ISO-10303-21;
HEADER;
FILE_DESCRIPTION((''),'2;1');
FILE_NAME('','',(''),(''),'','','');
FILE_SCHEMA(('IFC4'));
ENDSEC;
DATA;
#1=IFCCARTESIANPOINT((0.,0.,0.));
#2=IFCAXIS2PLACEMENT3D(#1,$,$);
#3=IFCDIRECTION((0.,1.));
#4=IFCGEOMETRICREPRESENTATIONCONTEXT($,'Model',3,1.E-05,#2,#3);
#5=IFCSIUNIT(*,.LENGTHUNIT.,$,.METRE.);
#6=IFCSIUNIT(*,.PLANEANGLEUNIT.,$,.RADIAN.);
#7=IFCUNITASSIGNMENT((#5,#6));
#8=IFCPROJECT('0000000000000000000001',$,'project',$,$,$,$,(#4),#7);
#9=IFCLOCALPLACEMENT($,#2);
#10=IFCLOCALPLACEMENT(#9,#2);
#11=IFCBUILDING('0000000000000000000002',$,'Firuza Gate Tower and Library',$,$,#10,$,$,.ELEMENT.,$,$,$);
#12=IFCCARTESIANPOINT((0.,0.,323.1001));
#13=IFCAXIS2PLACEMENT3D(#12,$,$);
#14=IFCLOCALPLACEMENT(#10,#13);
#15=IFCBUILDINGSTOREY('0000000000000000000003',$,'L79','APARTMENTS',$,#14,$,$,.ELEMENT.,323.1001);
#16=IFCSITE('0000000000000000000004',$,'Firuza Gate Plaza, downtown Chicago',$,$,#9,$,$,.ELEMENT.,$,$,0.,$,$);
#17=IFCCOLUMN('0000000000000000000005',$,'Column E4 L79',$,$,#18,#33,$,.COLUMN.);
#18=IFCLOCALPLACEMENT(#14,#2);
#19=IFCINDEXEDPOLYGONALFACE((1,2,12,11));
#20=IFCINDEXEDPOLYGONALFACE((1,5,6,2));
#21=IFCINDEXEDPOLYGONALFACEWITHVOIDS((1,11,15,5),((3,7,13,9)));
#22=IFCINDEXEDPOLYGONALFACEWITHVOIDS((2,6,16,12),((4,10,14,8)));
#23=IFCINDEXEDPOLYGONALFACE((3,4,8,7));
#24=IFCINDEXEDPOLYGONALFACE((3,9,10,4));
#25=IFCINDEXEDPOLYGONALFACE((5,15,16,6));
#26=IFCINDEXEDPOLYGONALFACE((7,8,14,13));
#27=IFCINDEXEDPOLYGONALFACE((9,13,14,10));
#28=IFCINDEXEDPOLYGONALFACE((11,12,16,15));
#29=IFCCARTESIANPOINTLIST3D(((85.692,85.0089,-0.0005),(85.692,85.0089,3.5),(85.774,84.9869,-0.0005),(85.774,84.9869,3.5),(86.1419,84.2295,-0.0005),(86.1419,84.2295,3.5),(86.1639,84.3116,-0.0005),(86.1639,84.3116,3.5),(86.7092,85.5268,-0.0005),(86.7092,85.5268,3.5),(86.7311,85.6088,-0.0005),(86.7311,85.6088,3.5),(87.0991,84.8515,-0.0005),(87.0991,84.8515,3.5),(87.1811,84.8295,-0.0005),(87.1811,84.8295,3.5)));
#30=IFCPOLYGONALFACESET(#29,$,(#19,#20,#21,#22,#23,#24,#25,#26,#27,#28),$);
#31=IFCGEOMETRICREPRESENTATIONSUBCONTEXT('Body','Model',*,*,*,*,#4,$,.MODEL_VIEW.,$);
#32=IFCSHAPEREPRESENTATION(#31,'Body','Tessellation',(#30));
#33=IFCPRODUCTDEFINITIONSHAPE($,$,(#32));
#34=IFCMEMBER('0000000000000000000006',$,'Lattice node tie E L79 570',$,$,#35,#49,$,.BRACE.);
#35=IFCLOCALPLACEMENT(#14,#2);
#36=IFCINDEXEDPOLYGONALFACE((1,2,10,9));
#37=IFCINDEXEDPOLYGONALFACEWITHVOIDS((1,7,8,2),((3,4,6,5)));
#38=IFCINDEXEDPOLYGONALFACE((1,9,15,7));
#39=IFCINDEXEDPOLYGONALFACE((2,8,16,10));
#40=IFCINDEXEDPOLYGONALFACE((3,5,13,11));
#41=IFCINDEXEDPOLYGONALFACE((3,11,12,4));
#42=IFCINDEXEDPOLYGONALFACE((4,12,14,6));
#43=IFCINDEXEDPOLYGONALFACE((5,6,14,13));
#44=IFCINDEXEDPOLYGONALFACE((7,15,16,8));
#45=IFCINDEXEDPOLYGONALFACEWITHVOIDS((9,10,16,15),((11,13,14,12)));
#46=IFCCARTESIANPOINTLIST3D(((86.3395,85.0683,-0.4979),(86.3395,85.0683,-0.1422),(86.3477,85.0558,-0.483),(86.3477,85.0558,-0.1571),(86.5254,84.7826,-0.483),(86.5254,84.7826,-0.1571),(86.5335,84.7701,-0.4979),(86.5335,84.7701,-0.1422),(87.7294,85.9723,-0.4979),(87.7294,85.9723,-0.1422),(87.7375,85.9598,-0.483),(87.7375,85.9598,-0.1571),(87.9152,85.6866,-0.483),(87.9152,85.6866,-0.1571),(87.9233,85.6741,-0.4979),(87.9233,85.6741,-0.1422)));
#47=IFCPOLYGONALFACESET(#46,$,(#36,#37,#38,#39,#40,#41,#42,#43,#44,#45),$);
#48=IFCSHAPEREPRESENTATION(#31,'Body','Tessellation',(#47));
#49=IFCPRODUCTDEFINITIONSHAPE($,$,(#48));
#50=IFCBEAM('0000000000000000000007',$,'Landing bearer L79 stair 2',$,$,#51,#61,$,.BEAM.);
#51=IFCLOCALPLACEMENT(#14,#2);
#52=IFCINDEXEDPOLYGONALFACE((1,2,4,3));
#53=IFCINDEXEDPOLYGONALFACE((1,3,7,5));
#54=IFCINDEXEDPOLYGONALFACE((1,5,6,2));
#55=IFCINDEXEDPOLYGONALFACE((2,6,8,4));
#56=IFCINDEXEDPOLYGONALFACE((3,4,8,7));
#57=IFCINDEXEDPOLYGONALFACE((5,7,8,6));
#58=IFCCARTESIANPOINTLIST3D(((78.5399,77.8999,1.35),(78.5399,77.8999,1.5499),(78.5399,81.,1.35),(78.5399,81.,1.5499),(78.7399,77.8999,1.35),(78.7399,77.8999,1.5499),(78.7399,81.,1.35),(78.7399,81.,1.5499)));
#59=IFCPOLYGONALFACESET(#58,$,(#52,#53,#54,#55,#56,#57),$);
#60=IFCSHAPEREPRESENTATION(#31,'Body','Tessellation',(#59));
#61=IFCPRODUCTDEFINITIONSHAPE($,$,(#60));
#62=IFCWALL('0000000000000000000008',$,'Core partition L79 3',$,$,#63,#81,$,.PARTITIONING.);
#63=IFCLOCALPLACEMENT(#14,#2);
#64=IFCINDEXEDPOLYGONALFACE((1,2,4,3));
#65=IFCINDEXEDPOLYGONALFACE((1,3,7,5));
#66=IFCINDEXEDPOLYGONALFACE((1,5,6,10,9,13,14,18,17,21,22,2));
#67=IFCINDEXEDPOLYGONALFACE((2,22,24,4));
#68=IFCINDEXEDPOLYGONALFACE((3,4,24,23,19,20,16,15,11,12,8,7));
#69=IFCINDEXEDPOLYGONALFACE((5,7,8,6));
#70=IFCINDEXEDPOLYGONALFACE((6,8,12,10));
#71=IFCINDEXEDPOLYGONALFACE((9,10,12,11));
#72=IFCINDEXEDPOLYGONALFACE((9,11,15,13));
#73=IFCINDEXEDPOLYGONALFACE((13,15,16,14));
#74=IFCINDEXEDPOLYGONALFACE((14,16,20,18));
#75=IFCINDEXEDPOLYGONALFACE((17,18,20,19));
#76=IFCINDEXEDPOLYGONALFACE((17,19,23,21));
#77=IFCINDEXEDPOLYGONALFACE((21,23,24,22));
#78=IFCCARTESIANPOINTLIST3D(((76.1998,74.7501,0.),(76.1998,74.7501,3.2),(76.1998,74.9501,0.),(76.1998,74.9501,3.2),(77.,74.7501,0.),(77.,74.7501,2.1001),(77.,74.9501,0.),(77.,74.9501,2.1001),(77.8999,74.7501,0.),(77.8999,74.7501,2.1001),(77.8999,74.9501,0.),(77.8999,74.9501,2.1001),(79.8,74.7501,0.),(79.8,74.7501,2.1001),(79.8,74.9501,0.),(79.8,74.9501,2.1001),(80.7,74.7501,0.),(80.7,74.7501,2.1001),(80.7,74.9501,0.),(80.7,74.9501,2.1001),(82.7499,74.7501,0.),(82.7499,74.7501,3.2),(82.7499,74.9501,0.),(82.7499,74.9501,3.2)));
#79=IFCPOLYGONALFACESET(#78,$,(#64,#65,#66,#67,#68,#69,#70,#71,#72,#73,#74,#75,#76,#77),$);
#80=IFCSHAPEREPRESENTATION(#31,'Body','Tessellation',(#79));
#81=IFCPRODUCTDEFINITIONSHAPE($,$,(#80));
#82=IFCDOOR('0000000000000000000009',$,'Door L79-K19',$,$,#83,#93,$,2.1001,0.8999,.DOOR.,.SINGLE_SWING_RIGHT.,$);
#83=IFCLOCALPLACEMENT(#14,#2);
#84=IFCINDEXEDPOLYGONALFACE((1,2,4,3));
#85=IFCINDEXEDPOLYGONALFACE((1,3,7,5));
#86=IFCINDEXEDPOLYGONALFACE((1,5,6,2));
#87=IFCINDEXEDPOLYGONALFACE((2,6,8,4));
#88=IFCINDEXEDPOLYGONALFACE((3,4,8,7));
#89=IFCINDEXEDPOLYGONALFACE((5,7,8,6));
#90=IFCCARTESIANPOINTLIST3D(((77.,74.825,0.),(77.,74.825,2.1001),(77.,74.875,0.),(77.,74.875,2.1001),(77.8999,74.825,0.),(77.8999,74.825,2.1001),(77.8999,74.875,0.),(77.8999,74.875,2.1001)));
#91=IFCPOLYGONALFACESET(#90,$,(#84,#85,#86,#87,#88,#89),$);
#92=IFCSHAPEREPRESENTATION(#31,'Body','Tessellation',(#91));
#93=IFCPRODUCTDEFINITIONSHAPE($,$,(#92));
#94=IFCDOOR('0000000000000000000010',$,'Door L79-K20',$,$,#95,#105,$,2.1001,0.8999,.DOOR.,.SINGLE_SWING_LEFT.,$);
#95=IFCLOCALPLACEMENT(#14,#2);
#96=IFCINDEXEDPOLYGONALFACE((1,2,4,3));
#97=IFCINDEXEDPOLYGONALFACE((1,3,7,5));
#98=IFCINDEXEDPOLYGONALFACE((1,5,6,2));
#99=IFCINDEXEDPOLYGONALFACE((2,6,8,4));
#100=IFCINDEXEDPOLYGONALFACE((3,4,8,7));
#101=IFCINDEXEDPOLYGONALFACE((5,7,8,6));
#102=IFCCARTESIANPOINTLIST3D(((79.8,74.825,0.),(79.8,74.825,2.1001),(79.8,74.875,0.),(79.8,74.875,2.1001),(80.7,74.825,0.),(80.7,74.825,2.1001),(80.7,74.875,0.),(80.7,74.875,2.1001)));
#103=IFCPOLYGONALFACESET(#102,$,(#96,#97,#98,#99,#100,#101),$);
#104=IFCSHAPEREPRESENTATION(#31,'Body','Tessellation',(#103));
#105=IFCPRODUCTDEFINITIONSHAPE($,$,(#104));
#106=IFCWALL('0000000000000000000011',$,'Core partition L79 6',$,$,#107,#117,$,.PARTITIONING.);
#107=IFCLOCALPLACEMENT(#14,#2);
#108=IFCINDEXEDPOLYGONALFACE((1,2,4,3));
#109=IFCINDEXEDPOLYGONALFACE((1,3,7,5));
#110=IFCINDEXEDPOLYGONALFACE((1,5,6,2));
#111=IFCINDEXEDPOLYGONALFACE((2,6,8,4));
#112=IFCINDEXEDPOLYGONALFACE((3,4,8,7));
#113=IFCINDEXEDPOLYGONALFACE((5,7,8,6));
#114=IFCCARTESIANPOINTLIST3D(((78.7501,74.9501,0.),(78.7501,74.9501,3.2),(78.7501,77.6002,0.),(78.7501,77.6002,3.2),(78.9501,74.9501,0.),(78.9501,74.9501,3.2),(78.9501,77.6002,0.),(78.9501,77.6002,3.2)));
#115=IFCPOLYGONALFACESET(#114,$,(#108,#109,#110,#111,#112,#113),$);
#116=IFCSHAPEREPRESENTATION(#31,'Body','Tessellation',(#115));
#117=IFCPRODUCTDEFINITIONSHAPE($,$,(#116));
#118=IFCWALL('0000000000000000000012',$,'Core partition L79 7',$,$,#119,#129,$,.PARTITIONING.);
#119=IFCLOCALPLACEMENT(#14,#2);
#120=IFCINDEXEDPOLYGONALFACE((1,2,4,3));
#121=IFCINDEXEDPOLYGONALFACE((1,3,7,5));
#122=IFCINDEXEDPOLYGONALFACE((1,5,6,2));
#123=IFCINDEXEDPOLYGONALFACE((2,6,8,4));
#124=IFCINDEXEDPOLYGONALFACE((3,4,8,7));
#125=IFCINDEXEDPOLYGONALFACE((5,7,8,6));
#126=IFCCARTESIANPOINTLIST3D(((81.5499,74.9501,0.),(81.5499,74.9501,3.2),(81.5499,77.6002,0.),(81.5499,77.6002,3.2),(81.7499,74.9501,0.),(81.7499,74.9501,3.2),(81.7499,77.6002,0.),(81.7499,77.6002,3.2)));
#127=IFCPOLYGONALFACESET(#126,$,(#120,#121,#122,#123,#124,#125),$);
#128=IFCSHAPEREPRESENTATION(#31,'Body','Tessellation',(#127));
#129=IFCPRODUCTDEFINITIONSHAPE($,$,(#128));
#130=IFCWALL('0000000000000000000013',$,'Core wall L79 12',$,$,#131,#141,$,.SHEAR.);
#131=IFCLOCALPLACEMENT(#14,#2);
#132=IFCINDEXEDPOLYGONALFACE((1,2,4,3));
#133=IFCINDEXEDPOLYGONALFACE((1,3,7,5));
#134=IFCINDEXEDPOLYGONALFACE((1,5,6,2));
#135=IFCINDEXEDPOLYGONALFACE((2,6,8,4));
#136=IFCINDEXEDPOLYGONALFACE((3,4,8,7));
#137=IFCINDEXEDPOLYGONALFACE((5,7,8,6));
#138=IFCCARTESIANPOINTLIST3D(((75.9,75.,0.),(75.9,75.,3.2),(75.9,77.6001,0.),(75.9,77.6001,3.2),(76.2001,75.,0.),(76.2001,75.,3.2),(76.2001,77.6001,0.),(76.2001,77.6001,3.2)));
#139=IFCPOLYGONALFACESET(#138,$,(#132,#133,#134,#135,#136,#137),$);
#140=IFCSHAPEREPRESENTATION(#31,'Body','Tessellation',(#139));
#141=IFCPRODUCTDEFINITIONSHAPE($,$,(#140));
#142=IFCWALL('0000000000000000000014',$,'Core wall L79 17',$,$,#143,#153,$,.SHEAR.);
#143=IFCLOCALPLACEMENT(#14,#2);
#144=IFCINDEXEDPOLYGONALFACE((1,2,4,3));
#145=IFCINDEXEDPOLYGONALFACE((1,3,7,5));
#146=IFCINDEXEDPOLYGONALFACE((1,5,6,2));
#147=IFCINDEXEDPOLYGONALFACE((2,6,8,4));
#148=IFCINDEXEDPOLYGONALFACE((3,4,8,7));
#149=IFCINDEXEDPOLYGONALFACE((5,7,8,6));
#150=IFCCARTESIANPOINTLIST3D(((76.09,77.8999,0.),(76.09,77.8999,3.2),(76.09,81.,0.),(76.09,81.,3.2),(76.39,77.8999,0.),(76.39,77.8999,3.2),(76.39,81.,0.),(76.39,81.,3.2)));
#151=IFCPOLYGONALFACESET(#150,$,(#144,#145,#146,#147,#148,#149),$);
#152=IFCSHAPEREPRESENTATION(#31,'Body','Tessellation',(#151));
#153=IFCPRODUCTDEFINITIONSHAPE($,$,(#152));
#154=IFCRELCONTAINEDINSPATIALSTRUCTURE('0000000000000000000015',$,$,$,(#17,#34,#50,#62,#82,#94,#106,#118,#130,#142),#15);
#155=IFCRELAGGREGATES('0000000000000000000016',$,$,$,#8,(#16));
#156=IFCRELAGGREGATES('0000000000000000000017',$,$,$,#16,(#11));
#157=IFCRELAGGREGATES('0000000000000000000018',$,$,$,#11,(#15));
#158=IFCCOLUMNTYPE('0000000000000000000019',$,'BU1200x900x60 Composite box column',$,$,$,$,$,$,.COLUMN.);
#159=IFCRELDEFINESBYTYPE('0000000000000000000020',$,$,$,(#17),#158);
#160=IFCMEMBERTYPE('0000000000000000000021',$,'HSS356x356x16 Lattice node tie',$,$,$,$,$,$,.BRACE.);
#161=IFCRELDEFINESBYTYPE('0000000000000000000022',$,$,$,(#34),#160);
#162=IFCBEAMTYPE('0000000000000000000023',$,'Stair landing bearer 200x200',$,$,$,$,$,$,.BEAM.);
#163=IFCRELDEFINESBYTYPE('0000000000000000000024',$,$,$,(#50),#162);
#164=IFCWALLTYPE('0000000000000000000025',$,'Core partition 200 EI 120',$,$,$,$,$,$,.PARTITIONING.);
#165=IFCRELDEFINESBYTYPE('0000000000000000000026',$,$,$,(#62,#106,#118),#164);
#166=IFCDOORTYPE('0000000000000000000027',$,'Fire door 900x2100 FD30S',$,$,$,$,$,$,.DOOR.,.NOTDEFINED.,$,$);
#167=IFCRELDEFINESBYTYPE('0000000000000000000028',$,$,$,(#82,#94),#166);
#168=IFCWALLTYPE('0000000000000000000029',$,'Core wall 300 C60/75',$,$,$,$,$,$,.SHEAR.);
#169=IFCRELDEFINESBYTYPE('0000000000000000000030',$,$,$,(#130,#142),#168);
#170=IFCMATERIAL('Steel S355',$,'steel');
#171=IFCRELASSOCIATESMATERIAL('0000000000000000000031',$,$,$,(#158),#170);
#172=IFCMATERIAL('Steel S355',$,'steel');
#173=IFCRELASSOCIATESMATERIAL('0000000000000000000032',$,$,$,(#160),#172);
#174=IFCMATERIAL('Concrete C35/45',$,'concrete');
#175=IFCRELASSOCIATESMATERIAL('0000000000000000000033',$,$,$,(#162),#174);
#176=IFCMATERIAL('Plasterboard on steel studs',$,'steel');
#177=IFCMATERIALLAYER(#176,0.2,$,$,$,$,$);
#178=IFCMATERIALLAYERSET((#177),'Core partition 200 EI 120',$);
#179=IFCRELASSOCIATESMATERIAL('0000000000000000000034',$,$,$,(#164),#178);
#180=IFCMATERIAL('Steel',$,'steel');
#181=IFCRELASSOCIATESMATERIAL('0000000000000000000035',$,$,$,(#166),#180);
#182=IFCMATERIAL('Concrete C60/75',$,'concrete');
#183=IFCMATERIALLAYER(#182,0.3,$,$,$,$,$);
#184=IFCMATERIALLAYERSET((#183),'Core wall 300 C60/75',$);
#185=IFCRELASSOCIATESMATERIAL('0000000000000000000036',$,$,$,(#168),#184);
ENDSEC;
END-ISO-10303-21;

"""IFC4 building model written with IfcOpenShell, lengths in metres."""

from ifc_helpers import new_model, si_unit, direction, frame, frame_2d, origin, origin_2d, place, context, subcontext, project, spatial, rectangle, hollow_rectangle, extrude, material, layer, layer_set, material_profile, profile_set, type_object, element, fill, save


model = new_model("IFC4")

# Units and contexts
model_context = context("Model", 3, precision=1e-05, world=origin(), true_north=direction((0.0, 1.0)))
body_context = subcontext(model_context, "Body", "Model", "MODEL_VIEW")
ifc_project = project(units=[si_unit("LENGTHUNIT", "METRE"), si_unit("PLANEANGLEUNIT", "RADIAN")], contexts=[model_context])

# Site, building, storey
site_placement = place(None, origin())
site = spatial("IfcSite", under=ifc_project, at=site_placement, Name="Firuza Gate Plaza, downtown Chicago", CompositionType="ELEMENT", RefElevation=0.0)
building_placement = place(site_placement, origin())
building = spatial("IfcBuilding", under=site, at=building_placement, Name="Firuza Gate Tower and Library", CompositionType="ELEMENT")
storey_placement = place(building_placement, frame((0.0, 0.0, 323.1001)))
storey = spatial("IfcBuildingStorey", under=building, at=storey_placement, Name="L79", Description="APARTMENTS", CompositionType="ELEMENT", Elevation=323.1001)

# Column
ifc_material_1 = material(Name="Steel S355", Category="steel")
ifc_material_profile_1 = material_profile(ifc_material_1, hollow_rectangle(XDim=0.8999, YDim=1.2, WallThickness=0.0601, at=origin_2d()))
ifc_profile_set_1 = profile_set([ifc_material_profile_1], Name="Steel S355")
column_type = type_object("IfcColumnType", Name="BU1200x900x60 Composite box column", PredefinedType="COLUMN", material=ifc_profile_set_1)
column_placement = place(storey_placement, frame((86.4365, 84.9192, -0.0005), z_axis=(0.0, 0.0, 1.0), x_axis=(-0.5, 0.866025, 0.0)))
element("IfcColumn", 1, at=column_placement, inside=storey, type_object=column_type, Name="Column E4 L79", PredefinedType="COLUMN", context=body_context, shape_type="SweptSolid", body=[
    extrude(hollow_rectangle(XDim=0.8999, YDim=1.2, WallThickness=0.0601, at=origin_2d()), origin(), (0.0, 0.0, 1.0), 3.5005),
])

# Member
ifc_material_2 = material(Name="Steel S355", Category="steel")
ifc_material_profile_2 = material_profile(ifc_material_2, hollow_rectangle(XDim=0.3557, YDim=0.3557, WallThickness=0.0149, at=origin_2d()))
ifc_profile_set_2 = profile_set([ifc_material_profile_2], Name="Steel S355")
member_type = type_object("IfcMemberType", Name="HSS356x356x16 Lattice node tie", PredefinedType="BRACE", material=ifc_profile_set_2)
member_placement = place(storey_placement, frame((86.4365, 84.9192, -0.3201), z_axis=(0.838272, 0.545252, 0.0), x_axis=(-0.545252, 0.838272, 0.0)))
element("IfcMember", 2, at=member_placement, inside=storey, type_object=member_type, Name="Lattice node tie E L79 570", PredefinedType="BRACE", context=body_context, shape_type="SweptSolid", body=[
    extrude(hollow_rectangle(XDim=0.3557, YDim=0.3557, WallThickness=0.0149, at=origin_2d()), origin(), (0.0, 0.0, 1.0), 1.658),
])

# Beam
ifc_material_3 = material(Name="Concrete C35/45", Category="concrete")
ifc_material_profile_3 = material_profile(ifc_material_3, rectangle(XDim=0.2, YDim=0.2, at=origin_2d()))
ifc_profile_set_3 = profile_set([ifc_material_profile_3], Name="Concrete C35/45")
beam_type = type_object("IfcBeamType", Name="Stair landing bearer 200x200", PredefinedType="BEAM", material=ifc_profile_set_3)
beam_placement = place(storey_placement, frame((78.6399, 81.0, 1.45), z_axis=(0.0, -1.0, 0.0), x_axis=(1.0, 0.0, 0.0)))
element("IfcBeam", 3, at=beam_placement, inside=storey, type_object=beam_type, Name="Landing bearer L79 stair 2", PredefinedType="BEAM", context=body_context, shape_type="SweptSolid", body=[
    extrude(rectangle(XDim=0.2, YDim=0.2, at=origin_2d()), origin(), (0.0, 0.0, 1.0), 3.1001),
])

# Wall, openings, doors
ifc_material_4 = material(Name="Plasterboard on steel studs", Category="steel")
ifc_layer_1 = layer(ifc_material_4, 0.2)
ifc_layer_set_1 = layer_set([ifc_layer_1], Name="Core partition 200 EI 120")
wall_type_1 = type_object("IfcWallType", Name="Core partition 200 EI 120", PredefinedType="PARTITIONING", material=ifc_layer_set_1)
wall_1_placement = place(storey_placement, frame((76.2, 74.8501, 0.0), z_axis=(0.0, 0.0, 1.0), x_axis=(1.0, 0.0, 0.0)))
wall_1 = element("IfcWall", 4, at=wall_1_placement, inside=storey, type_object=wall_type_1, Name="Core partition L79 3", PredefinedType="PARTITIONING", context=body_context, shape_type="SweptSolid", body=[
    extrude(rectangle(XDim=6.55, YDim=0.2, at=frame_2d((3.2749, 0.0))), origin(), (0.0, 0.0, 1.0), 3.2),
])
opening_1_placement = place(wall_1_placement, frame((0.8, 0.0, 0.0)))
opening_1 = element("IfcOpeningElement", 5, at=opening_1_placement, cuts=wall_1, PredefinedType="OPENING", context=body_context, shape_type="SweptSolid", body=[
    extrude(rectangle(XDim=0.8999, YDim=2.1001, at=frame_2d((0.45, 1.05))), frame((0.0, 0.1099, 0.0), z_axis=(0.0, -1.0, 0.0), x_axis=(1.0, 0.0, 0.0)), (0.0, 0.0, 1.0), 0.22),
])
opening_2_placement = place(wall_1_placement, frame((3.6001, 0.0, 0.0)))
opening_2 = element("IfcOpeningElement", 6, at=opening_2_placement, cuts=wall_1, PredefinedType="OPENING", context=body_context, shape_type="SweptSolid", body=[
    extrude(rectangle(XDim=0.8999, YDim=2.1001, at=frame_2d((0.45, 1.05))), frame((0.0, 0.1099, 0.0), z_axis=(0.0, -1.0, 0.0), x_axis=(1.0, 0.0, 0.0)), (0.0, 0.0, 1.0), 0.22),
])
ifc_material_5 = material(Name="Steel", Category="steel")
door_type_1 = type_object("IfcDoorType", Name="Fire door 900x2100 FD30S", OperationType="NOTDEFINED", PredefinedType="DOOR", material=ifc_material_5)
door_1_placement = place(opening_1_placement, origin())
door_1 = element("IfcDoor", 7, at=door_1_placement, inside=storey, type_object=door_type_1, Name="Door L79-K19", OperationType="SINGLE_SWING_RIGHT", OverallHeight=2.1001, OverallWidth=0.8999, PredefinedType="DOOR", context=body_context, shape_type="SweptSolid", body=[
    extrude(rectangle(XDim=0.8999, YDim=2.1001, at=frame_2d((0.45, 1.05))), frame((0.0, 0.0249, 0.0), z_axis=(0.0, -1.0, 0.0), x_axis=(1.0, 0.0, 0.0)), (0.0, 0.0, 1.0), 0.05),
])
fill(opening_1, door_1)
door_2_placement = place(opening_2_placement, origin())
door_2 = element("IfcDoor", 8, at=door_2_placement, inside=storey, type_object=door_type_1, Name="Door L79-K20", OperationType="SINGLE_SWING_LEFT", OverallHeight=2.1001, OverallWidth=0.8999, PredefinedType="DOOR", context=body_context, shape_type="SweptSolid", body=[
    extrude(rectangle(XDim=0.8999, YDim=2.1001, at=frame_2d((0.45, 1.05))), frame((0.0, 0.0249, 0.0), z_axis=(0.0, -1.0, 0.0), x_axis=(1.0, 0.0, 0.0)), (0.0, 0.0, 1.0), 0.05),
])
fill(opening_2, door_2)

# Walls
for number, where, z_axis, x_axis, name in (
    (9, (78.8501, 74.95, 0.0), (0.0, 0.0, 1.0), (0.0, 1.0, 0.0), "Core partition L79 6"),
    (10, (81.6499, 74.95, 0.0), (0.0, 0.0, 1.0), (0.0, 1.0, 0.0), "Core partition L79 7"),
):
    element("IfcWall", number, at=place(storey_placement, frame(where, z_axis=z_axis, x_axis=x_axis)), inside=storey, type_object=wall_type_1, Name=name, PredefinedType="PARTITIONING", context=body_context, shape_type="SweptSolid", body=[
        extrude(rectangle(XDim=2.6501, YDim=0.2, at=frame_2d((1.3252, 0.0))), origin(), (0.0, 0.0, 1.0), 3.2),
    ])
ifc_material_6 = material(Name="Concrete C60/75", Category="concrete")
ifc_layer_2 = layer(ifc_material_6, 0.3)
ifc_layer_set_2 = layer_set([ifc_layer_2], Name="Core wall 300 C60/75")
wall_type_2 = type_object("IfcWallType", Name="Core wall 300 C60/75", PredefinedType="SHEAR", material=ifc_layer_set_2)
wall_2_placement = place(storey_placement, frame((76.05, 75.0, 0.0), z_axis=(0.0, 0.0, 1.0), x_axis=(0.0, 1.0, 0.0)))
element("IfcWall", 11, at=wall_2_placement, inside=storey, type_object=wall_type_2, Name="Core wall L79 12", PredefinedType="SHEAR", context=body_context, shape_type="SweptSolid", body=[
    extrude(rectangle(XDim=2.6001, YDim=0.3, at=frame_2d((1.3, 0.0))), origin(), (0.0, 0.0, 1.0), 3.2),
])
wall_3_placement = place(storey_placement, frame((76.24, 77.8999, 0.0), z_axis=(0.0, 0.0, 1.0), x_axis=(0.0, 1.0, 0.0)))
element("IfcWall", 12, at=wall_3_placement, inside=storey, type_object=wall_type_2, Name="Core wall L79 17", PredefinedType="SHEAR", context=body_context, shape_type="SweptSolid", body=[
    extrude(rectangle(XDim=3.1001, YDim=0.3, at=frame_2d((1.55, 0.0))), origin(), (0.0, 0.0, 1.0), 3.2),
])

save(model, "model.ifc")
